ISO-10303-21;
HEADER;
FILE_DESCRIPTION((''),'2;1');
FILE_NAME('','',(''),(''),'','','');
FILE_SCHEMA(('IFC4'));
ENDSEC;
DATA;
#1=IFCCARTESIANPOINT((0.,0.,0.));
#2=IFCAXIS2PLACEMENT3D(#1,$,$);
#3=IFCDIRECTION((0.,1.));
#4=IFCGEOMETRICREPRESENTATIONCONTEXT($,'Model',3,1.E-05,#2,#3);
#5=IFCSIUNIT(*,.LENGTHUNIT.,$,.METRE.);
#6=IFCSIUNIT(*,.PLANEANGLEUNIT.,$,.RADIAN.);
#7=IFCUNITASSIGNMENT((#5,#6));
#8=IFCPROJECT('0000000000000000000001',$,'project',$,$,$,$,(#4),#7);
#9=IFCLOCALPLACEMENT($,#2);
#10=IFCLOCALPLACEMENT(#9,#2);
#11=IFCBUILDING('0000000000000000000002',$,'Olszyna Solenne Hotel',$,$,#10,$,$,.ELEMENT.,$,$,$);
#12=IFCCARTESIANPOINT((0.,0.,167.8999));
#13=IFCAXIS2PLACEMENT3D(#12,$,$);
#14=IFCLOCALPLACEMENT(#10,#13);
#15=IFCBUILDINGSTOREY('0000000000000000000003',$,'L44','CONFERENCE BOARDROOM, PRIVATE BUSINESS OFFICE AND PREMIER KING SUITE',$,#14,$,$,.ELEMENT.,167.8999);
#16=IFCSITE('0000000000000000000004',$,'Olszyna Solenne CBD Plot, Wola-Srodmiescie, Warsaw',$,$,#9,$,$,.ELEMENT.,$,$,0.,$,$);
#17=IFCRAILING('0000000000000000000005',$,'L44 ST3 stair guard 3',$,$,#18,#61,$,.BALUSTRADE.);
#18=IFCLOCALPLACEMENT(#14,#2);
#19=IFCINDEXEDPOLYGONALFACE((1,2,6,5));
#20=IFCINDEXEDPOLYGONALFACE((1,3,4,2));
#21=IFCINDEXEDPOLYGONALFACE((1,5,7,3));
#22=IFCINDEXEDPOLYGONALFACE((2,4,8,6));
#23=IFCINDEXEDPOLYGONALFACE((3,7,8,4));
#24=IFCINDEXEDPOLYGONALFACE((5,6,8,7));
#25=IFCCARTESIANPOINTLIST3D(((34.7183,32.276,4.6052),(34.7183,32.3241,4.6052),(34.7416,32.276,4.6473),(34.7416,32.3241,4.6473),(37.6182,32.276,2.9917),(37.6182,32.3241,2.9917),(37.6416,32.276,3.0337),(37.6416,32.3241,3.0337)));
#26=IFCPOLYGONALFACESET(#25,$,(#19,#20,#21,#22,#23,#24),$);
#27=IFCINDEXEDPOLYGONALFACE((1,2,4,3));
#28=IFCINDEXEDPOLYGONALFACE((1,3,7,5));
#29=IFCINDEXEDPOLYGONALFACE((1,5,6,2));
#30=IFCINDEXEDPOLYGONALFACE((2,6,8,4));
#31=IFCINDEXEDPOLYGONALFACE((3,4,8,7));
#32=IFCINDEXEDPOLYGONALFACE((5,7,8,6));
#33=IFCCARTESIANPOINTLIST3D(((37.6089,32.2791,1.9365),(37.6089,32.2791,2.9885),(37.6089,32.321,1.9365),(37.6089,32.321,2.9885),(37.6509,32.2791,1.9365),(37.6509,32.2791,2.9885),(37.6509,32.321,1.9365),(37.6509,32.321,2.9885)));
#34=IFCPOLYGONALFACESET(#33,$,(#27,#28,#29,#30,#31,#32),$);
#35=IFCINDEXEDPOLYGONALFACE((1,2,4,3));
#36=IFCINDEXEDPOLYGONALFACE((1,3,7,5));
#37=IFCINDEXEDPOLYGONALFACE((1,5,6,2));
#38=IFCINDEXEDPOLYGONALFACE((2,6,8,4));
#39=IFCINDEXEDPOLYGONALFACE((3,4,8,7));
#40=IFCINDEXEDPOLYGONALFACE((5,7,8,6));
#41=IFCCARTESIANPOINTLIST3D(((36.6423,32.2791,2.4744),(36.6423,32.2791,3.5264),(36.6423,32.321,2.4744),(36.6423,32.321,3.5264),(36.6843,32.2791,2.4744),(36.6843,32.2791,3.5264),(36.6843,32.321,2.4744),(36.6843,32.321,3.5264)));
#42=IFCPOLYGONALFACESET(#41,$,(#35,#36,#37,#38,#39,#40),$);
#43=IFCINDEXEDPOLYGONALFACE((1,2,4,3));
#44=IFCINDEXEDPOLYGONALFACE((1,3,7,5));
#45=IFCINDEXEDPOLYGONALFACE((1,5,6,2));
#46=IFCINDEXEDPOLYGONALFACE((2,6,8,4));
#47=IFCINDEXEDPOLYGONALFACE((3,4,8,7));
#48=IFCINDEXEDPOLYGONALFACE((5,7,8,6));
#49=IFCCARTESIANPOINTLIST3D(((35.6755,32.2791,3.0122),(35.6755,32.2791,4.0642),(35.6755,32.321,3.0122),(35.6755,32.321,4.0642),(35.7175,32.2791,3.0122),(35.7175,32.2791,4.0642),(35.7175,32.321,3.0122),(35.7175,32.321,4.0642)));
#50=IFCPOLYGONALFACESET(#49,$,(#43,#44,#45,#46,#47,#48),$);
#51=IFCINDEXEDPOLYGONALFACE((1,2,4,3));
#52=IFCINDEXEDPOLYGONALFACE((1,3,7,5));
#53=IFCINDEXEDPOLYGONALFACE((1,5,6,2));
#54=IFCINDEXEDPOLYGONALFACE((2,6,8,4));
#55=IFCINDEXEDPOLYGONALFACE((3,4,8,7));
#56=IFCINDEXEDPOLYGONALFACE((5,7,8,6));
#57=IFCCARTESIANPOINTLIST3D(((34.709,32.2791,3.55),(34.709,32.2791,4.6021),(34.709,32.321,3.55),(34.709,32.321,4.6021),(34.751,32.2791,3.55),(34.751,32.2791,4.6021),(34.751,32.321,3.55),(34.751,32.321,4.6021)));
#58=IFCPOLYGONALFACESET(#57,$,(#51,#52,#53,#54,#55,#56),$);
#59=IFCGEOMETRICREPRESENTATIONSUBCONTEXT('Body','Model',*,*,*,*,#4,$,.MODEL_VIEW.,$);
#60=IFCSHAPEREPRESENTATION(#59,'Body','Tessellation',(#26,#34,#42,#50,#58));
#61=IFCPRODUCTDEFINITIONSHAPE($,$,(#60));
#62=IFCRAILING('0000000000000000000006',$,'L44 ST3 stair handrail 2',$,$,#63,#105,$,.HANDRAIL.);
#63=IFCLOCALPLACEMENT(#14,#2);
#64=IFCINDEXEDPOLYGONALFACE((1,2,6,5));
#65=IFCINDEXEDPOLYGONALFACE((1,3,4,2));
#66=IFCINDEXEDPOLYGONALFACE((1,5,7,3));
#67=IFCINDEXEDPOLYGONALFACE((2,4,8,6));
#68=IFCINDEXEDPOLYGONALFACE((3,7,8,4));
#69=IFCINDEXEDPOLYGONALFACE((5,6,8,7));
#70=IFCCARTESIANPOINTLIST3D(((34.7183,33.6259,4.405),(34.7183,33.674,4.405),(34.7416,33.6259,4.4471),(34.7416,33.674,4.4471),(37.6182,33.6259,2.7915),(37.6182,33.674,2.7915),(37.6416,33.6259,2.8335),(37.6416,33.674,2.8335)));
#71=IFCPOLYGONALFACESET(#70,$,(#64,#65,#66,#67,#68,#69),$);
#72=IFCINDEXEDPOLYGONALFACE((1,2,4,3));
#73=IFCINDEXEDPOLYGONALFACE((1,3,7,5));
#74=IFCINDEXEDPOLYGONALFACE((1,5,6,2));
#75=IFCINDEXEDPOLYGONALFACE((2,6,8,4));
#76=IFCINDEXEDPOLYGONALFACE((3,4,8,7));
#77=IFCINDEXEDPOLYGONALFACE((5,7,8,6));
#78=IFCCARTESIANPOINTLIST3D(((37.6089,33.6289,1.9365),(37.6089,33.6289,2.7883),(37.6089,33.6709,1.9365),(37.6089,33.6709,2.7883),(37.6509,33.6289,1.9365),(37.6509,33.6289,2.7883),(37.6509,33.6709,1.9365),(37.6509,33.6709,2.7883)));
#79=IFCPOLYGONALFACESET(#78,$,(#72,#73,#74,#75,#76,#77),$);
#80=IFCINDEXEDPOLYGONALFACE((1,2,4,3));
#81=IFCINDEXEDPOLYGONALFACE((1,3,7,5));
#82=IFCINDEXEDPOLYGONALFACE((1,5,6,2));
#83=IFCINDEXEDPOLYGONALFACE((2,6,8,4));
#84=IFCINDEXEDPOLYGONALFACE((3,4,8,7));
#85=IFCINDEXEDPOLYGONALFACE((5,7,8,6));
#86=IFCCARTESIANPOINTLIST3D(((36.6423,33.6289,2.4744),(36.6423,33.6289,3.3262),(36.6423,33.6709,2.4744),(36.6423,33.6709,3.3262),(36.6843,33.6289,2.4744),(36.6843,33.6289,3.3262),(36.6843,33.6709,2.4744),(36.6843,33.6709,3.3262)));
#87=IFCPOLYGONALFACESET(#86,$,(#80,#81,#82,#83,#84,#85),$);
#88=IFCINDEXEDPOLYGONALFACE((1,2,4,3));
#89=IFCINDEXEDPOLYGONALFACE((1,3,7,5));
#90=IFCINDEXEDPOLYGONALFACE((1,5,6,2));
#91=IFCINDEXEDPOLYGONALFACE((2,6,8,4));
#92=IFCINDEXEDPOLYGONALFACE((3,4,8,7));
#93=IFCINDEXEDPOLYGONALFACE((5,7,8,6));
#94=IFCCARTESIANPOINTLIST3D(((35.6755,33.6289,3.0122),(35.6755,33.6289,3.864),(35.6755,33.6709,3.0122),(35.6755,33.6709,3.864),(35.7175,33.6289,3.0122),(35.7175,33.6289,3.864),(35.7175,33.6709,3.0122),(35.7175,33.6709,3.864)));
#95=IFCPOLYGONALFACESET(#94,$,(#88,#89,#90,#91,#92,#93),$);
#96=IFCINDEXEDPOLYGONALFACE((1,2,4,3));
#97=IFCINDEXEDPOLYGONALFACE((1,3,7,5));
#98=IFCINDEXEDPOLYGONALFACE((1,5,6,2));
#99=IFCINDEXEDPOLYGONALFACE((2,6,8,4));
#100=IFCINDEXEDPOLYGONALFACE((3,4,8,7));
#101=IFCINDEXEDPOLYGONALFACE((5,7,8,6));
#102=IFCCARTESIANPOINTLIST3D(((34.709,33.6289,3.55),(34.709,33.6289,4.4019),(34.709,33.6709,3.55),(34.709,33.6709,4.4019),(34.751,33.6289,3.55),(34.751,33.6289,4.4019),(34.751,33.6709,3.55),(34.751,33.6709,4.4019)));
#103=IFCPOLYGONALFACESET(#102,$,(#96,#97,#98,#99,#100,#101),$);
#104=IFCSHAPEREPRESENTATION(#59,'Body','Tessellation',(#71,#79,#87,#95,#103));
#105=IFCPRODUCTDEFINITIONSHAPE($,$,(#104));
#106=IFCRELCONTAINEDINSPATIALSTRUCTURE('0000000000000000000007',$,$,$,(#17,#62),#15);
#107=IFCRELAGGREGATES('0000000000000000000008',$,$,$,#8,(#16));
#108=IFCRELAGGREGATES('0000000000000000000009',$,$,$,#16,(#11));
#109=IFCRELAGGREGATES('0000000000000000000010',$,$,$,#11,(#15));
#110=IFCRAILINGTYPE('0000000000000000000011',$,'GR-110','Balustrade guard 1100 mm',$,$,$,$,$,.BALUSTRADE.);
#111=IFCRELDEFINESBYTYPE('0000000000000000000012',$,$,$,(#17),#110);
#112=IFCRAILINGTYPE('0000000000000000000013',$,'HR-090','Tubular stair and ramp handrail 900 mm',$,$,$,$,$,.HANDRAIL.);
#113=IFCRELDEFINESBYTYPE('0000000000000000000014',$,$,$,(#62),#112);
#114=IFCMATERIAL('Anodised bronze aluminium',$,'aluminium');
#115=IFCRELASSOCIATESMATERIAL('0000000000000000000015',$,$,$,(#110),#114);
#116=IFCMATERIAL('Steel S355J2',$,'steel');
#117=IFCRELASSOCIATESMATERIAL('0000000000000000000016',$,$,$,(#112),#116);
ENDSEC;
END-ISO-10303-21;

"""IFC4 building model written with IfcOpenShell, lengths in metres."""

from ifc_helpers import new_model, si_unit, direction, frame, origin, origin_2d, place, context, subcontext, project, spatial, rectangle, extrude, material, type_object, element, save


model = new_model("IFC4")

# Units and contexts
model_context = context("Model", 3, precision=1e-05, world=origin(), true_north=direction((0.0, 1.0)))
body_context = subcontext(model_context, "Body", "Model", "MODEL_VIEW")
ifc_project = project(units=[si_unit("LENGTHUNIT", "METRE"), si_unit("PLANEANGLEUNIT", "RADIAN")], contexts=[model_context])

# Site, building, storey
site_placement = place(None, origin())
site = spatial("IfcSite", under=ifc_project, at=site_placement, Name="Olszyna Solenne CBD Plot, Wola-Srodmiescie, Warsaw", CompositionType="ELEMENT", RefElevation=0.0)
building_placement = place(site_placement, origin())
building = spatial("IfcBuilding", under=site, at=building_placement, Name="Olszyna Solenne Hotel", CompositionType="ELEMENT")
storey_placement = place(building_placement, frame((0.0, 0.0, 167.8999)))
storey = spatial("IfcBuildingStorey", under=building, at=storey_placement, Name="L44", Description="CONFERENCE BOARDROOM, PRIVATE BUSINESS OFFICE AND PREMIER KING SUITE", CompositionType="ELEMENT", Elevation=167.8999)

# Shared definitions
ifc_material_1 = material(Name="Steel S355J2", Category="steel")

# Shared definitions
ifc_material_2 = material(Name="Anodised bronze aluminium", Category="aluminium")

# Railings
railing_type_1 = type_object("IfcRailingType", Name="GR-110", Description="Balustrade guard 1100 mm", PredefinedType="BALUSTRADE", material=ifc_material_2)
railing_1_placement = place(storey_placement, frame((37.6299, 32.3, 1.9365)))
element("IfcRailing", 1, at=railing_1_placement, inside=storey, type_object=railing_type_1, Name="L44 ST3 stair guard 3", PredefinedType="BALUSTRADE", context=body_context, shape_type="SweptSolid", body=[
    extrude(rectangle(XDim=0.0481, YDim=0.0481, at=origin_2d()), frame((0.0, 0.0, 1.0762), z_axis=(-0.873841, 0.0, 0.486211), x_axis=(0.0, -1.0, 0.0)), (0.0, 0.0, 1.0), 3.3186),
    extrude(rectangle(XDim=0.042, YDim=0.042, at=origin_2d()), origin(), (0.0, 0.0, 1.0), 1.052),
    extrude(rectangle(XDim=0.042, YDim=0.042, at=origin_2d()), frame((-0.9666, 0.0, 0.5378)), (0.0, 0.0, 1.0), 1.052),
    extrude(rectangle(XDim=0.042, YDim=0.042, at=origin_2d()), frame((-1.9333, 0.0, 1.0757)), (0.0, 0.0, 1.0), 1.052),
    extrude(rectangle(XDim=0.042, YDim=0.042, at=origin_2d()), frame((-2.8999, 0.0, 1.6135)), (0.0, 0.0, 1.0), 1.052),
])
railing_type_2 = type_object("IfcRailingType", Name="HR-090", Description="Tubular stair and ramp handrail 900 mm", PredefinedType="HANDRAIL", material=ifc_material_1)
railing_2_placement = place(storey_placement, frame((37.6299, 33.6499, 1.9365)))
element("IfcRailing", 2, at=railing_2_placement, inside=storey, type_object=railing_type_2, Name="L44 ST3 stair handrail 2", PredefinedType="HANDRAIL", context=body_context, shape_type="SweptSolid", body=[
    extrude(rectangle(XDim=0.0481, YDim=0.0481, at=origin_2d()), frame((0.0, 0.0, 0.876), z_axis=(-0.873841, 0.0, 0.486211), x_axis=(0.0, -1.0, 0.0)), (0.0, 0.0, 1.0), 3.3186),
    extrude(rectangle(XDim=0.042, YDim=0.042, at=origin_2d()), origin(), (0.0, 0.0, 1.0), 0.8518),
    extrude(rectangle(XDim=0.042, YDim=0.042, at=origin_2d()), frame((-0.9666, 0.0, 0.5378)), (0.0, 0.0, 1.0), 0.8518),
    extrude(rectangle(XDim=0.042, YDim=0.042, at=origin_2d()), frame((-1.9333, 0.0, 1.0757)), (0.0, 0.0, 1.0), 0.8518),
    extrude(rectangle(XDim=0.042, YDim=0.042, at=origin_2d()), frame((-2.8999, 0.0, 1.6135)), (0.0, 0.0, 1.0), 0.8518),
])

save(model, "model.ifc")
